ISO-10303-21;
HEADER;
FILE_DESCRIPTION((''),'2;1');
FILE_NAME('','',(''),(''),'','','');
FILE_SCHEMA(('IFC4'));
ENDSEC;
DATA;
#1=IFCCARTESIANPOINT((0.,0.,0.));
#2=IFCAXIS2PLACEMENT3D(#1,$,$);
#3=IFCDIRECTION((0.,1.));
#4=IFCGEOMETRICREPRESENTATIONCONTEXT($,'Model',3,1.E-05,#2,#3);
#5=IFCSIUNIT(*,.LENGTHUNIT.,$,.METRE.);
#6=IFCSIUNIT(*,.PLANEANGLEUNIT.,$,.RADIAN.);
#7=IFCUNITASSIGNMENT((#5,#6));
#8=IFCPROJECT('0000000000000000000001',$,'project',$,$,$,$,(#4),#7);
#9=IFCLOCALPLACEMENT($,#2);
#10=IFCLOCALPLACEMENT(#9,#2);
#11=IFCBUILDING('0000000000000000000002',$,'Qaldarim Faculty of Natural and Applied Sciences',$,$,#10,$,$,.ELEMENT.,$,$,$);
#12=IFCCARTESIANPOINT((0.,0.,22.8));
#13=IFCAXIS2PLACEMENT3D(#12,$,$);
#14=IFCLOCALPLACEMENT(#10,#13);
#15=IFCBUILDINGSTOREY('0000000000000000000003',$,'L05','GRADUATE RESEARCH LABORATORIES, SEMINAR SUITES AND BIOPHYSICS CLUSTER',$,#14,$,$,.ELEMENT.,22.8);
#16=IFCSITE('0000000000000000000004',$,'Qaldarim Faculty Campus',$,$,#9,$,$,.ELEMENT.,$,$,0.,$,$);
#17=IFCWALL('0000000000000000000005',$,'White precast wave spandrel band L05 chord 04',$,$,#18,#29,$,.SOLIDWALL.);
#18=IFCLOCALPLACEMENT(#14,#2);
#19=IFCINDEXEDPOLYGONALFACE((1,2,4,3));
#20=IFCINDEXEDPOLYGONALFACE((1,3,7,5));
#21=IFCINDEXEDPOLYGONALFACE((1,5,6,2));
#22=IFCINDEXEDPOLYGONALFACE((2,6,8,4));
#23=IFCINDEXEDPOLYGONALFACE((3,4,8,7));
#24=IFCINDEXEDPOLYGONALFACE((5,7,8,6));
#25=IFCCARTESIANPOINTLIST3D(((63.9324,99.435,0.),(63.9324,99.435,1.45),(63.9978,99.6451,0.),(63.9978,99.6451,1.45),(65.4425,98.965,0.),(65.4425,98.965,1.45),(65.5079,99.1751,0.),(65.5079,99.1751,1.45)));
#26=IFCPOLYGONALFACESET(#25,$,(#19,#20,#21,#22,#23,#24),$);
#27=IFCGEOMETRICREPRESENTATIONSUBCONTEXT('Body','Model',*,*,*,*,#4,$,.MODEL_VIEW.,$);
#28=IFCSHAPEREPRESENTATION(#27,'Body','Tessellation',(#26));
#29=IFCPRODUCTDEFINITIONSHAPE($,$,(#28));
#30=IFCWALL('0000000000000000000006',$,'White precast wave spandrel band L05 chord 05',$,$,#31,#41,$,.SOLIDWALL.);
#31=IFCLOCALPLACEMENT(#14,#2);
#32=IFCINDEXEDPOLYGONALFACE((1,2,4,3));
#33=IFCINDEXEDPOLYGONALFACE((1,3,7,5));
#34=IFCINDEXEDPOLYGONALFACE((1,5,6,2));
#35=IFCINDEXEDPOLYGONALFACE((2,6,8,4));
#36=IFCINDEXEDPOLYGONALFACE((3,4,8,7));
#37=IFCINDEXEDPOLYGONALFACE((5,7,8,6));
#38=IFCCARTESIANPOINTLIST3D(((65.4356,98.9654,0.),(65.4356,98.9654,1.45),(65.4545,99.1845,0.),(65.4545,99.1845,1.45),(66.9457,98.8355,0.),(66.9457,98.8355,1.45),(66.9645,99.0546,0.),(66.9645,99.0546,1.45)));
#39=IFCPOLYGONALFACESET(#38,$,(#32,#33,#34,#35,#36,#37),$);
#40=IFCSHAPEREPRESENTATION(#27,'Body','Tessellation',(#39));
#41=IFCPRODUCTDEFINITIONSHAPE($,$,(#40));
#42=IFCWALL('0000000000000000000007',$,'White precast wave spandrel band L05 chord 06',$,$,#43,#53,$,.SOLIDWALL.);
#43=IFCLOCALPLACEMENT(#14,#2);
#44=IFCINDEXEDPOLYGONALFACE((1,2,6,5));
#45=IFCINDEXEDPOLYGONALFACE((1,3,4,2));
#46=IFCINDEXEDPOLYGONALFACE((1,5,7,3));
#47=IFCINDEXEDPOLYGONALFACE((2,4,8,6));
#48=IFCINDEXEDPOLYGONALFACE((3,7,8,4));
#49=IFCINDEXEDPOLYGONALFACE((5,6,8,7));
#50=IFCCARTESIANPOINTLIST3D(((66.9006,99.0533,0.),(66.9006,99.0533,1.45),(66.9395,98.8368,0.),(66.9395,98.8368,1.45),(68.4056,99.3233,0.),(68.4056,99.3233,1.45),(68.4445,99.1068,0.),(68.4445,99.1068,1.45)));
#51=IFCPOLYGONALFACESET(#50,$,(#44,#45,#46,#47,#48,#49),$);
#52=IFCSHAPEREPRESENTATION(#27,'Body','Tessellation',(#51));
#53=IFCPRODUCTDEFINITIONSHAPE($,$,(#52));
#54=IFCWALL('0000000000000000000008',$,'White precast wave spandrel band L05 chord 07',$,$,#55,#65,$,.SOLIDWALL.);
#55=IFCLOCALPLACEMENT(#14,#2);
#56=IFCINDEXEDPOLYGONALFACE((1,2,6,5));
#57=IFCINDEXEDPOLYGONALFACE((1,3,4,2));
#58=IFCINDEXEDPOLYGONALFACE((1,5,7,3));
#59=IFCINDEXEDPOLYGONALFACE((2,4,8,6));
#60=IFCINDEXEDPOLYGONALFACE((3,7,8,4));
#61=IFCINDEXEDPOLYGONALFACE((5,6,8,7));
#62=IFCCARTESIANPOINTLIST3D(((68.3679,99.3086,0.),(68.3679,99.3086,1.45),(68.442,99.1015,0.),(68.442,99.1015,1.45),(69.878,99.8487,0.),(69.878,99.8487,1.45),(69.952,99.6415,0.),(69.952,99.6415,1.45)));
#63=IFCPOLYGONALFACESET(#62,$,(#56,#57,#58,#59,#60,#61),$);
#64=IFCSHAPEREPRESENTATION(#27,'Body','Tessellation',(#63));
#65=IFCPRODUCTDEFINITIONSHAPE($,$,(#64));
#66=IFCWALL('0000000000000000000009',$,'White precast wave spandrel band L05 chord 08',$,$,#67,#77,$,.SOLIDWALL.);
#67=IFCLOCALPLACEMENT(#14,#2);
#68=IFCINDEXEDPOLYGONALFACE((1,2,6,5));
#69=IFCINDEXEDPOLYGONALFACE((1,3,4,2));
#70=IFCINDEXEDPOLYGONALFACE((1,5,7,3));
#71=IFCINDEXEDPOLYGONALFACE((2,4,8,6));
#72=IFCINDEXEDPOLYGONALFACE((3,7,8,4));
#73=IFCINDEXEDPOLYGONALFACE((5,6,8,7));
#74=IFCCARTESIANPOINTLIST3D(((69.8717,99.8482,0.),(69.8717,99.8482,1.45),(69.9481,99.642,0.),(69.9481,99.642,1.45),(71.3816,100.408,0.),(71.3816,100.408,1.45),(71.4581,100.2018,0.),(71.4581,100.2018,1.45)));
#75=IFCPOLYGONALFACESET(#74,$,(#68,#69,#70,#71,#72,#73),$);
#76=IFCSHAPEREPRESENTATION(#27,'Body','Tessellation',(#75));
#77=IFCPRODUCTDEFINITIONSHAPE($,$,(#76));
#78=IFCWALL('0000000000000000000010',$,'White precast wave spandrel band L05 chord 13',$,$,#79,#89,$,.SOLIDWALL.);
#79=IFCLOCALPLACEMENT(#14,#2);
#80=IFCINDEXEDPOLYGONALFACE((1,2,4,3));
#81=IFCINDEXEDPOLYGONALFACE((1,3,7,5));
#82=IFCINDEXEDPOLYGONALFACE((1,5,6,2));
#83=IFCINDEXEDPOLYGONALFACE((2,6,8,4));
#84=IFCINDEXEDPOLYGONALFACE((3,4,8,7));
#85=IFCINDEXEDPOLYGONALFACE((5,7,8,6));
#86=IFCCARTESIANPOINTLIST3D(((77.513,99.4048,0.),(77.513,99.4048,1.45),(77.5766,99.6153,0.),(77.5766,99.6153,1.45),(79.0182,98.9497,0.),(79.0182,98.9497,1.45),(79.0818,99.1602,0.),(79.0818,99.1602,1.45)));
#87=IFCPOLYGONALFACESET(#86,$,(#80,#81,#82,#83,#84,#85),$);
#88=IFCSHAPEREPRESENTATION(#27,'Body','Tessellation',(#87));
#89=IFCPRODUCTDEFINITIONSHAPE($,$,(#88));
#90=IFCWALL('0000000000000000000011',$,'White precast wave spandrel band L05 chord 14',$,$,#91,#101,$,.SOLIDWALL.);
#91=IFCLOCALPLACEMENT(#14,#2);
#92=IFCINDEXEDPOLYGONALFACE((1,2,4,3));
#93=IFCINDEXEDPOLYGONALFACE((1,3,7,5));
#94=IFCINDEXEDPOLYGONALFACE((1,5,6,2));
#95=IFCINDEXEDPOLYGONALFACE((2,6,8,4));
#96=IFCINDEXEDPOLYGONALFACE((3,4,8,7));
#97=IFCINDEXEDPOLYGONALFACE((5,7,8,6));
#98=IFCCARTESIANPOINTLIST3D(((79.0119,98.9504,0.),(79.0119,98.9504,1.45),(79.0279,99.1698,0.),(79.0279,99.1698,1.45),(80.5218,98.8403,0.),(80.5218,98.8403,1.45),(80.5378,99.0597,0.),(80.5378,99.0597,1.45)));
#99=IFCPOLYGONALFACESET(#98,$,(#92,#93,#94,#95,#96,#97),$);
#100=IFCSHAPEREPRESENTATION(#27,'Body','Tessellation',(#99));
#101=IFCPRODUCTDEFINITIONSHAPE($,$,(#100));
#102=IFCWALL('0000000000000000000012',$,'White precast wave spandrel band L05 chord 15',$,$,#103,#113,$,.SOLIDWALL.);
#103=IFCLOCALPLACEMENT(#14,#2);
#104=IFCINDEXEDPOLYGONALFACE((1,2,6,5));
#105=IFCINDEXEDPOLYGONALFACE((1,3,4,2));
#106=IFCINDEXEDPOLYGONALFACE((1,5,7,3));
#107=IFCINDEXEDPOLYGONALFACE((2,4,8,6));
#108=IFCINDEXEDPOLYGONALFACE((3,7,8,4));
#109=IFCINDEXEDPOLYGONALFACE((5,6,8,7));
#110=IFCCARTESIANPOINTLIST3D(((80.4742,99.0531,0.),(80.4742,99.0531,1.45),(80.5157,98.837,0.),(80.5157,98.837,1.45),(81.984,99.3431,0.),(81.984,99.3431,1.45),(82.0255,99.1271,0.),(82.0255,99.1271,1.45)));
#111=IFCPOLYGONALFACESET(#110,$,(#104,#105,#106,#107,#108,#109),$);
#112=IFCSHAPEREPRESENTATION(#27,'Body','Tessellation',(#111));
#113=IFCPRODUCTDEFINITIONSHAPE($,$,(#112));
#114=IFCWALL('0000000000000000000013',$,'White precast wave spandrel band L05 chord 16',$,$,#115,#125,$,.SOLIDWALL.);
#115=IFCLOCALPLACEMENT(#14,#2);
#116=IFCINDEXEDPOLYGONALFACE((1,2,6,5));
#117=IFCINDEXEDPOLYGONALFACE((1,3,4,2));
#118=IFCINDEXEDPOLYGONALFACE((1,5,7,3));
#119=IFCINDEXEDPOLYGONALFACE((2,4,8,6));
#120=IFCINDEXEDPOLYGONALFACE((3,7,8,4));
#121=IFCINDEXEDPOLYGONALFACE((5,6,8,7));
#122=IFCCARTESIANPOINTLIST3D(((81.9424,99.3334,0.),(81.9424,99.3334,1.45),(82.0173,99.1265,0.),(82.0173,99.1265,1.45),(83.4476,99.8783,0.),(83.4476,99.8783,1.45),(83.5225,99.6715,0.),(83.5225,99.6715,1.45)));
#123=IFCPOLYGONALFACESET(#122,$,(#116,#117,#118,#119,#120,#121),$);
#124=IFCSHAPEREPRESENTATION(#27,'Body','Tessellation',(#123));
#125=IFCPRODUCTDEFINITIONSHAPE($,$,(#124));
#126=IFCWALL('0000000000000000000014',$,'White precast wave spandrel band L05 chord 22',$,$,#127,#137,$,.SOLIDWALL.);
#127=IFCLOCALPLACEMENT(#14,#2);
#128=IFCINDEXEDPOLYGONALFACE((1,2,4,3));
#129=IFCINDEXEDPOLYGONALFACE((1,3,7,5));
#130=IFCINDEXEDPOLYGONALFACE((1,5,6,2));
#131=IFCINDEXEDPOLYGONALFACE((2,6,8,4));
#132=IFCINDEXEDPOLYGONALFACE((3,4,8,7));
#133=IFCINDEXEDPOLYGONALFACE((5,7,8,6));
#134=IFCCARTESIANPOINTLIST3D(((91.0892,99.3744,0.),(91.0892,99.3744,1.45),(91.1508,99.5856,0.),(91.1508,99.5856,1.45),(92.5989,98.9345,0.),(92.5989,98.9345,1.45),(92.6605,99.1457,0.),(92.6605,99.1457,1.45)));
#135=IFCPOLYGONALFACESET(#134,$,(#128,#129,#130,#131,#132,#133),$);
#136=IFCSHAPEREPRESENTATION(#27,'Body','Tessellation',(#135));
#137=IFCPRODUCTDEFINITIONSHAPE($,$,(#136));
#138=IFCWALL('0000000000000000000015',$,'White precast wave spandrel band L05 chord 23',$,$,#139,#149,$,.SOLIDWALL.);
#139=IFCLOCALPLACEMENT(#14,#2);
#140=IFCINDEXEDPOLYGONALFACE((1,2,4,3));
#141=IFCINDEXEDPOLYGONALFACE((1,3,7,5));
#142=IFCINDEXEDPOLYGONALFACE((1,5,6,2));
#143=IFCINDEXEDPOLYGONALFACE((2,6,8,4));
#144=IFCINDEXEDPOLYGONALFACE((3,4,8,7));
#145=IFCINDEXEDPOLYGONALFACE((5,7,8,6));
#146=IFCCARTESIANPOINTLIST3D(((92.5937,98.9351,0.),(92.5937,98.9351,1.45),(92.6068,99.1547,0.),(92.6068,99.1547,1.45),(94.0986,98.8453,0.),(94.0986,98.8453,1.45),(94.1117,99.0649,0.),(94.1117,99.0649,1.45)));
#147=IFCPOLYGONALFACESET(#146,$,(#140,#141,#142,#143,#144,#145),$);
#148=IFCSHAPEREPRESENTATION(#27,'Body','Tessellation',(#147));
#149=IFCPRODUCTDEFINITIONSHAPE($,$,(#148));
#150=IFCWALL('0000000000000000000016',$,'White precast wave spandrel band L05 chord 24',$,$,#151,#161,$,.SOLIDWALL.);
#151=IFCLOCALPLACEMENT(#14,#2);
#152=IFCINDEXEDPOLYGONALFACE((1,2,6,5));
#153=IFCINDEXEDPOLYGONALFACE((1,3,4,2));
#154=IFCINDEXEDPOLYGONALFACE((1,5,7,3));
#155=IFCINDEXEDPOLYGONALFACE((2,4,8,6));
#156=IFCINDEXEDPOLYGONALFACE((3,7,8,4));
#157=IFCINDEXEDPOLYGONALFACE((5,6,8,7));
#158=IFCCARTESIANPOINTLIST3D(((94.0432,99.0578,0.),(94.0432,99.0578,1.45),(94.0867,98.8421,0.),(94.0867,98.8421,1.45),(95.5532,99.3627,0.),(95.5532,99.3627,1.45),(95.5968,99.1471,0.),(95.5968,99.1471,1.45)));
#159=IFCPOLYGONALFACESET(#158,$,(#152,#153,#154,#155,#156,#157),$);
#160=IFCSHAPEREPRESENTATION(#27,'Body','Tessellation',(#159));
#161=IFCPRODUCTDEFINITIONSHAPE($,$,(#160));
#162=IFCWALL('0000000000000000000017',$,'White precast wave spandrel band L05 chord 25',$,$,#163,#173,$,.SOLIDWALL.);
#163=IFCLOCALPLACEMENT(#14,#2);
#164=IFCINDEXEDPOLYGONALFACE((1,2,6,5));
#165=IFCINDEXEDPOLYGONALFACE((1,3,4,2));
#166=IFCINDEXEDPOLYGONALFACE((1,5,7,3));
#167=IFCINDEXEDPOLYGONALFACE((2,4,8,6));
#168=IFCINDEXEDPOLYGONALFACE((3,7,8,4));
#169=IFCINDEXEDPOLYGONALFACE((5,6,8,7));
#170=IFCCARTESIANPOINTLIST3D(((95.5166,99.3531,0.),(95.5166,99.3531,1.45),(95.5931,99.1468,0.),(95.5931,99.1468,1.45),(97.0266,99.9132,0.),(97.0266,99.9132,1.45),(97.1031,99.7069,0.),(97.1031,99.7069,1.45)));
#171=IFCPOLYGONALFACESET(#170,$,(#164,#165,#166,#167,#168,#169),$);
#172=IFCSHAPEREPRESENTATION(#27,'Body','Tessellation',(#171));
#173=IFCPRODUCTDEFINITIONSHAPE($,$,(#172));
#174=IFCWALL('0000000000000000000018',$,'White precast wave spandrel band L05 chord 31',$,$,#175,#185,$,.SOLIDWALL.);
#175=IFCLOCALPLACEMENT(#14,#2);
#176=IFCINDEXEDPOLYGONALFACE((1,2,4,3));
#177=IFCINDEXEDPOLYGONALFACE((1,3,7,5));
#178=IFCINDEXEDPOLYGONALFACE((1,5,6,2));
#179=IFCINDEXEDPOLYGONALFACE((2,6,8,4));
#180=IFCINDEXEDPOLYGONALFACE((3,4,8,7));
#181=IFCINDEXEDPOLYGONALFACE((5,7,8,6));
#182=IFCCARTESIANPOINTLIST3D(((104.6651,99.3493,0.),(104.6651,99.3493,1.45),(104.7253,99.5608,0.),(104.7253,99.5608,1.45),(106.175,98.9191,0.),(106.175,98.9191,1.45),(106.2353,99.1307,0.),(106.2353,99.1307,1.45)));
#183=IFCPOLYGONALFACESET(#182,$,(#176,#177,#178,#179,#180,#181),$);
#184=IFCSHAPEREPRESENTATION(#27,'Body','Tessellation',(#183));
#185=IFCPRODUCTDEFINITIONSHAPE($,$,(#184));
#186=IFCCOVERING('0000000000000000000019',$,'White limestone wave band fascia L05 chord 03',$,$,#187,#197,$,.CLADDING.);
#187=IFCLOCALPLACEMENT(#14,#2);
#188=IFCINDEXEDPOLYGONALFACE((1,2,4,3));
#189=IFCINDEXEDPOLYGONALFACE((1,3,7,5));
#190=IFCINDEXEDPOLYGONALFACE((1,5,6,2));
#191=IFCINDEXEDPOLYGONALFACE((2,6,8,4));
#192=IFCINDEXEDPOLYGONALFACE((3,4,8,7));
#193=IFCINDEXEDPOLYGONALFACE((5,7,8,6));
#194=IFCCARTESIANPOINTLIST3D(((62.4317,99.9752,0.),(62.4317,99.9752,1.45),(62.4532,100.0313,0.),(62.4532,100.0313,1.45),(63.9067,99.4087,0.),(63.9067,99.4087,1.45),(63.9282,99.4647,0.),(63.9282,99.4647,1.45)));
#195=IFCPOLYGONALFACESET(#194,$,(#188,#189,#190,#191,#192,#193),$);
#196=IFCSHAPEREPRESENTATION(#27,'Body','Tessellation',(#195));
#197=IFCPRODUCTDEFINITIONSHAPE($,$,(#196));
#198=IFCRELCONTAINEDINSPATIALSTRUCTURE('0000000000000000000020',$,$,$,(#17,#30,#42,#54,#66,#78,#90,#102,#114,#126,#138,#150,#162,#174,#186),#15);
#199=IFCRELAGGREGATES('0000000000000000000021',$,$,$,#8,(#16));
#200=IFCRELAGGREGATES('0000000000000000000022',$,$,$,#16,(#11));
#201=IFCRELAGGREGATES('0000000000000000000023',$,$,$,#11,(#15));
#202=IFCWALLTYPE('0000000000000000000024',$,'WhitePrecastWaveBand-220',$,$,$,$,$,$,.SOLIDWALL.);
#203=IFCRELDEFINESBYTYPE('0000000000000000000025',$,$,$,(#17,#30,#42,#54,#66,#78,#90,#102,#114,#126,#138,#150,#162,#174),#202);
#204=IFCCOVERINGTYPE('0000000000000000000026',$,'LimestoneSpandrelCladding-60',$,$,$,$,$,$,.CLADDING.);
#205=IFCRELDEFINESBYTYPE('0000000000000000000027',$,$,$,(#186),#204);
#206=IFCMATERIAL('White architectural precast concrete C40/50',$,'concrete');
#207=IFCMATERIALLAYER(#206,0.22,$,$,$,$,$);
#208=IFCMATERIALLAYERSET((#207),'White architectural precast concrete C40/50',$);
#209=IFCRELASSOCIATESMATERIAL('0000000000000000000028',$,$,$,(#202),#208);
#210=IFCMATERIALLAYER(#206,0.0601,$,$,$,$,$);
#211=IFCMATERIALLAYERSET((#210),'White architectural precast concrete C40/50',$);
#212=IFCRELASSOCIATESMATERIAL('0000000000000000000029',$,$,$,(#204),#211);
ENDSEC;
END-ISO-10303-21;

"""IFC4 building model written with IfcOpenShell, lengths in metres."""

from ifc_helpers import new_model, si_unit, direction, frame, frame_2d, origin, origin_2d, place, context, subcontext, project, spatial, rectangle, extrude, material, layer, layer_set, type_object, element, save


model = new_model("IFC4")

# Units and contexts
model_context = context("Model", 3, precision=1e-05, world=origin(), true_north=direction((0.0, 1.0)))
body_context = subcontext(model_context, "Body", "Model", "MODEL_VIEW")
ifc_project = project(units=[si_unit("LENGTHUNIT", "METRE"), si_unit("PLANEANGLEUNIT", "RADIAN")], contexts=[model_context])

# Site, building, storey
site_placement = place(None, origin())
site = spatial("IfcSite", under=ifc_project, at=site_placement, Name="Qaldarim Faculty Campus", CompositionType="ELEMENT", RefElevation=0.0)
building_placement = place(site_placement, origin())
building = spatial("IfcBuilding", under=site, at=building_placement, Name="Qaldarim Faculty of Natural and Applied Sciences", CompositionType="ELEMENT")
storey_placement = place(building_placement, frame((0.0, 0.0, 22.8)))
storey = spatial("IfcBuildingStorey", under=building, at=storey_placement, Name="L05", Description="GRADUATE RESEARCH LABORATORIES, SEMINAR SUITES AND BIOPHYSICS CLUSTER", CompositionType="ELEMENT", Elevation=22.8)

# Walls
ifc_material = material(Name="White architectural precast concrete C40/50", Category="concrete")
ifc_layer_1 = layer(ifc_material, 0.22)
ifc_layer_set_1 = layer_set([ifc_layer_1], Name="White architectural precast concrete C40/50")
wall_type = type_object("IfcWallType", Name="WhitePrecastWaveBand-220", PredefinedType="SOLIDWALL", material=ifc_layer_set_1)
wall_1_placement = place(storey_placement, frame((63.9651, 99.54, 0.0), z_axis=(0.0, 0.0, 1.0), x_axis=(0.954823, -0.297176, 0.0)))
element("IfcWall", 1, at=wall_1_placement, inside=storey, type_object=wall_type, Name="White precast wave spandrel band L05 chord 04", PredefinedType="SOLIDWALL", context=body_context, shape_type="SweptSolid", body=[
    extrude(rectangle(XDim=1.5815, YDim=0.22, at=frame_2d((0.7908, 0.0))), origin(), (0.0, 0.0, 1.0), 1.45),
])
wall_2_placement = place(storey_placement, frame((65.4451, 99.075, 0.0), z_axis=(0.0, 0.0, 1.0), x_axis=(0.996321, -0.085698, 0.0)))
element("IfcWall", 2, at=wall_2_placement, inside=storey, type_object=wall_type, Name="White precast wave spandrel band L05 chord 05", PredefinedType="SOLIDWALL", context=body_context, shape_type="SweptSolid", body=[
    extrude(rectangle(XDim=1.5156, YDim=0.22, at=frame_2d((0.7578, 0.0))), origin(), (0.0, 0.0, 1.0), 1.45),
])
wall_3_placement = place(storey_placement, frame((66.9199, 98.9451, 0.0), z_axis=(0.0, 0.0, 1.0), x_axis=(0.984286, 0.176581, 0.0)))
element("IfcWall", 3, at=wall_3_placement, inside=storey, type_object=wall_type, Name="White precast wave spandrel band L05 chord 06", PredefinedType="SOLIDWALL", context=body_context, shape_type="SweptSolid", body=[
    extrude(rectangle(XDim=1.5291, YDim=0.22, at=frame_2d((0.7646, 0.0))), origin(), (0.0, 0.0, 1.0), 1.45),
])
wall_4_placement = place(storey_placement, frame((68.405, 99.2051, 0.0), z_axis=(0.0, 0.0, 1.0), x_axis=(0.941594, 0.336751, 0.0)))
element("IfcWall", 4, at=wall_4_placement, inside=storey, type_object=wall_type, Name="White precast wave spandrel band L05 chord 07", PredefinedType="SOLIDWALL", context=body_context, shape_type="SweptSolid", body=[
    extrude(rectangle(XDim=1.6038, YDim=0.22, at=frame_2d((0.8018, 0.0))), origin(), (0.0, 0.0, 1.0), 1.45),
])
wall_5_placement = place(storey_placement, frame((69.9099, 99.7451, 0.0), z_axis=(0.0, 0.0, 1.0), x_axis=(0.937637, 0.347616, 0.0)))
element("IfcWall", 5, at=wall_5_placement, inside=storey, type_object=wall_type, Name="White precast wave spandrel band L05 chord 08", PredefinedType="SOLIDWALL", context=body_context, shape_type="SweptSolid", body=[
    extrude(rectangle(XDim=1.6104, YDim=0.22, at=frame_2d((0.8052, 0.0))), origin(), (0.0, 0.0, 1.0), 1.45),
])
wall_6_placement = place(storey_placement, frame((77.5449, 99.51, 0.0), z_axis=(0.0, 0.0, 1.0), x_axis=(0.957204, -0.289413, 0.0)))
element("IfcWall", 6, at=wall_6_placement, inside=storey, type_object=wall_type, Name="White precast wave spandrel band L05 chord 13", PredefinedType="SOLIDWALL", context=body_context, shape_type="SweptSolid", body=[
    extrude(rectangle(XDim=1.5725, YDim=0.22, at=frame_2d((0.7861, 0.0))), origin(), (0.0, 0.0, 1.0), 1.45),
])
wall_7_placement = place(storey_placement, frame((79.02, 99.0601, 0.0), z_axis=(0.0, 0.0, 1.0), x_axis=(0.997352, -0.072725, 0.0)))
element("IfcWall", 7, at=wall_7_placement, inside=storey, type_object=wall_type, Name="White precast wave spandrel band L05 chord 14", PredefinedType="SOLIDWALL", context=body_context, shape_type="SweptSolid", body=[
    extrude(rectangle(XDim=1.5139, YDim=0.22, at=frame_2d((0.7568, 0.0))), origin(), (0.0, 0.0, 1.0), 1.45),
])
wall_8_placement = place(storey_placement, frame((80.4951, 98.9451, 0.0), z_axis=(0.0, 0.0, 1.0), x_axis=(0.982043, 0.188659, 0.0)))
element("IfcWall", 8, at=wall_8_placement, inside=storey, type_object=wall_type, Name="White precast wave spandrel band L05 chord 15", PredefinedType="SOLIDWALL", context=body_context, shape_type="SweptSolid", body=[
    extrude(rectangle(XDim=1.5374, YDim=0.22, at=frame_2d((0.7686, 0.0))), origin(), (0.0, 0.0, 1.0), 1.45),
])
wall_9_placement = place(storey_placement, frame((81.98, 99.23, 0.0), z_axis=(0.0, 0.0, 1.0), x_axis=(0.940273, 0.34042, 0.0)))
element("IfcWall", 9, at=wall_9_placement, inside=storey, type_object=wall_type, Name="White precast wave spandrel band L05 chord 16", PredefinedType="SOLIDWALL", context=body_context, shape_type="SweptSolid", body=[
    extrude(rectangle(XDim=1.6008, YDim=0.22, at=frame_2d((0.8003, 0.0))), origin(), (0.0, 0.0, 1.0), 1.45),
])
wall_10_placement = place(storey_placement, frame((91.1201, 99.48, 0.0), z_axis=(0.0, 0.0, 1.0), x_axis=(0.96007, -0.279762, 0.0)))
element("IfcWall", 10, at=wall_10_placement, inside=storey, type_object=wall_type, Name="White precast wave spandrel band L05 chord 22", PredefinedType="SOLIDWALL", context=body_context, shape_type="SweptSolid", body=[
    extrude(rectangle(XDim=1.5725, YDim=0.22, at=frame_2d((0.7861, 0.0))), origin(), (0.0, 0.0, 1.0), 1.45),
])
wall_11_placement = place(storey_placement, frame((92.6001, 99.0449, 0.0), z_axis=(0.0, 0.0, 1.0), x_axis=(0.998223, -0.059595, 0.0)))
element("IfcWall", 11, at=wall_11_placement, inside=storey, type_object=wall_type, Name="White precast wave spandrel band L05 chord 23", PredefinedType="SOLIDWALL", context=body_context, shape_type="SweptSolid", body=[
    extrude(rectangle(XDim=1.5076, YDim=0.22, at=frame_2d((0.7539, 0.0))), origin(), (0.0, 0.0, 1.0), 1.45),
])
wall_12_placement = place(storey_placement, frame((94.0649, 98.95, 0.0), z_axis=(0.0, 0.0, 1.0), x_axis=(0.980213, 0.197944, 0.0)))
element("IfcWall", 12, at=wall_12_placement, inside=storey, type_object=wall_type, Name="White precast wave spandrel band L05 chord 24", PredefinedType="SOLIDWALL", context=body_context, shape_type="SweptSolid", body=[
    extrude(rectangle(XDim=1.5405, YDim=0.22, at=frame_2d((0.7703, 0.0))), origin(), (0.0, 0.0, 1.0), 1.45),
])
wall_13_placement = place(storey_placement, frame((95.5549, 99.25, 0.0), z_axis=(0.0, 0.0, 1.0), x_axis=(0.937588, 0.347749, 0.0)))
element("IfcWall", 13, at=wall_13_placement, inside=storey, type_object=wall_type, Name="White precast wave spandrel band L05 chord 25", PredefinedType="SOLIDWALL", context=body_context, shape_type="SweptSolid", body=[
    extrude(rectangle(XDim=1.6106, YDim=0.22, at=frame_2d((0.8052, 0.0))), origin(), (0.0, 0.0, 1.0), 1.45),
])
wall_14_placement = place(storey_placement, frame((104.6951, 99.4551, 0.0), z_axis=(0.0, 0.0, 1.0), x_axis=(0.961735, -0.273982, 0.0)))
element("IfcWall", 14, at=wall_14_placement, inside=storey, type_object=wall_type, Name="White precast wave spandrel band L05 chord 31", PredefinedType="SOLIDWALL", context=body_context, shape_type="SweptSolid", body=[
    extrude(rectangle(XDim=1.5701, YDim=0.22, at=frame_2d((0.7852, 0.0))), origin(), (0.0, 0.0, 1.0), 1.45),
])

# Covering
ifc_layer_2 = layer(ifc_material, 0.0601)
ifc_layer_set_2 = layer_set([ifc_layer_2], Name="White architectural precast concrete C40/50")
covering_type = type_object("IfcCoveringType", Name="LimestoneSpandrelCladding-60", PredefinedType="CLADDING", material=ifc_layer_set_2)
covering_1_placement = place(storey_placement, frame((63.1799, 99.72, 0.0), z_axis=(0.0, 0.0, 1.0), x_axis=(0.933505, -0.358563, 0.0)))
element("IfcCovering", 15, at=covering_1_placement, inside=storey, type_object=covering_type, Name="White limestone wave band fascia L05 chord 03", PredefinedType="CLADDING", context=body_context, shape_type="SweptSolid", body=[
    extrude(rectangle(XDim=1.5801, YDim=0.0601, at=origin_2d()), origin(), (0.0, 0.0, 1.0), 1.45),
])

save(model, "model.ifc")
